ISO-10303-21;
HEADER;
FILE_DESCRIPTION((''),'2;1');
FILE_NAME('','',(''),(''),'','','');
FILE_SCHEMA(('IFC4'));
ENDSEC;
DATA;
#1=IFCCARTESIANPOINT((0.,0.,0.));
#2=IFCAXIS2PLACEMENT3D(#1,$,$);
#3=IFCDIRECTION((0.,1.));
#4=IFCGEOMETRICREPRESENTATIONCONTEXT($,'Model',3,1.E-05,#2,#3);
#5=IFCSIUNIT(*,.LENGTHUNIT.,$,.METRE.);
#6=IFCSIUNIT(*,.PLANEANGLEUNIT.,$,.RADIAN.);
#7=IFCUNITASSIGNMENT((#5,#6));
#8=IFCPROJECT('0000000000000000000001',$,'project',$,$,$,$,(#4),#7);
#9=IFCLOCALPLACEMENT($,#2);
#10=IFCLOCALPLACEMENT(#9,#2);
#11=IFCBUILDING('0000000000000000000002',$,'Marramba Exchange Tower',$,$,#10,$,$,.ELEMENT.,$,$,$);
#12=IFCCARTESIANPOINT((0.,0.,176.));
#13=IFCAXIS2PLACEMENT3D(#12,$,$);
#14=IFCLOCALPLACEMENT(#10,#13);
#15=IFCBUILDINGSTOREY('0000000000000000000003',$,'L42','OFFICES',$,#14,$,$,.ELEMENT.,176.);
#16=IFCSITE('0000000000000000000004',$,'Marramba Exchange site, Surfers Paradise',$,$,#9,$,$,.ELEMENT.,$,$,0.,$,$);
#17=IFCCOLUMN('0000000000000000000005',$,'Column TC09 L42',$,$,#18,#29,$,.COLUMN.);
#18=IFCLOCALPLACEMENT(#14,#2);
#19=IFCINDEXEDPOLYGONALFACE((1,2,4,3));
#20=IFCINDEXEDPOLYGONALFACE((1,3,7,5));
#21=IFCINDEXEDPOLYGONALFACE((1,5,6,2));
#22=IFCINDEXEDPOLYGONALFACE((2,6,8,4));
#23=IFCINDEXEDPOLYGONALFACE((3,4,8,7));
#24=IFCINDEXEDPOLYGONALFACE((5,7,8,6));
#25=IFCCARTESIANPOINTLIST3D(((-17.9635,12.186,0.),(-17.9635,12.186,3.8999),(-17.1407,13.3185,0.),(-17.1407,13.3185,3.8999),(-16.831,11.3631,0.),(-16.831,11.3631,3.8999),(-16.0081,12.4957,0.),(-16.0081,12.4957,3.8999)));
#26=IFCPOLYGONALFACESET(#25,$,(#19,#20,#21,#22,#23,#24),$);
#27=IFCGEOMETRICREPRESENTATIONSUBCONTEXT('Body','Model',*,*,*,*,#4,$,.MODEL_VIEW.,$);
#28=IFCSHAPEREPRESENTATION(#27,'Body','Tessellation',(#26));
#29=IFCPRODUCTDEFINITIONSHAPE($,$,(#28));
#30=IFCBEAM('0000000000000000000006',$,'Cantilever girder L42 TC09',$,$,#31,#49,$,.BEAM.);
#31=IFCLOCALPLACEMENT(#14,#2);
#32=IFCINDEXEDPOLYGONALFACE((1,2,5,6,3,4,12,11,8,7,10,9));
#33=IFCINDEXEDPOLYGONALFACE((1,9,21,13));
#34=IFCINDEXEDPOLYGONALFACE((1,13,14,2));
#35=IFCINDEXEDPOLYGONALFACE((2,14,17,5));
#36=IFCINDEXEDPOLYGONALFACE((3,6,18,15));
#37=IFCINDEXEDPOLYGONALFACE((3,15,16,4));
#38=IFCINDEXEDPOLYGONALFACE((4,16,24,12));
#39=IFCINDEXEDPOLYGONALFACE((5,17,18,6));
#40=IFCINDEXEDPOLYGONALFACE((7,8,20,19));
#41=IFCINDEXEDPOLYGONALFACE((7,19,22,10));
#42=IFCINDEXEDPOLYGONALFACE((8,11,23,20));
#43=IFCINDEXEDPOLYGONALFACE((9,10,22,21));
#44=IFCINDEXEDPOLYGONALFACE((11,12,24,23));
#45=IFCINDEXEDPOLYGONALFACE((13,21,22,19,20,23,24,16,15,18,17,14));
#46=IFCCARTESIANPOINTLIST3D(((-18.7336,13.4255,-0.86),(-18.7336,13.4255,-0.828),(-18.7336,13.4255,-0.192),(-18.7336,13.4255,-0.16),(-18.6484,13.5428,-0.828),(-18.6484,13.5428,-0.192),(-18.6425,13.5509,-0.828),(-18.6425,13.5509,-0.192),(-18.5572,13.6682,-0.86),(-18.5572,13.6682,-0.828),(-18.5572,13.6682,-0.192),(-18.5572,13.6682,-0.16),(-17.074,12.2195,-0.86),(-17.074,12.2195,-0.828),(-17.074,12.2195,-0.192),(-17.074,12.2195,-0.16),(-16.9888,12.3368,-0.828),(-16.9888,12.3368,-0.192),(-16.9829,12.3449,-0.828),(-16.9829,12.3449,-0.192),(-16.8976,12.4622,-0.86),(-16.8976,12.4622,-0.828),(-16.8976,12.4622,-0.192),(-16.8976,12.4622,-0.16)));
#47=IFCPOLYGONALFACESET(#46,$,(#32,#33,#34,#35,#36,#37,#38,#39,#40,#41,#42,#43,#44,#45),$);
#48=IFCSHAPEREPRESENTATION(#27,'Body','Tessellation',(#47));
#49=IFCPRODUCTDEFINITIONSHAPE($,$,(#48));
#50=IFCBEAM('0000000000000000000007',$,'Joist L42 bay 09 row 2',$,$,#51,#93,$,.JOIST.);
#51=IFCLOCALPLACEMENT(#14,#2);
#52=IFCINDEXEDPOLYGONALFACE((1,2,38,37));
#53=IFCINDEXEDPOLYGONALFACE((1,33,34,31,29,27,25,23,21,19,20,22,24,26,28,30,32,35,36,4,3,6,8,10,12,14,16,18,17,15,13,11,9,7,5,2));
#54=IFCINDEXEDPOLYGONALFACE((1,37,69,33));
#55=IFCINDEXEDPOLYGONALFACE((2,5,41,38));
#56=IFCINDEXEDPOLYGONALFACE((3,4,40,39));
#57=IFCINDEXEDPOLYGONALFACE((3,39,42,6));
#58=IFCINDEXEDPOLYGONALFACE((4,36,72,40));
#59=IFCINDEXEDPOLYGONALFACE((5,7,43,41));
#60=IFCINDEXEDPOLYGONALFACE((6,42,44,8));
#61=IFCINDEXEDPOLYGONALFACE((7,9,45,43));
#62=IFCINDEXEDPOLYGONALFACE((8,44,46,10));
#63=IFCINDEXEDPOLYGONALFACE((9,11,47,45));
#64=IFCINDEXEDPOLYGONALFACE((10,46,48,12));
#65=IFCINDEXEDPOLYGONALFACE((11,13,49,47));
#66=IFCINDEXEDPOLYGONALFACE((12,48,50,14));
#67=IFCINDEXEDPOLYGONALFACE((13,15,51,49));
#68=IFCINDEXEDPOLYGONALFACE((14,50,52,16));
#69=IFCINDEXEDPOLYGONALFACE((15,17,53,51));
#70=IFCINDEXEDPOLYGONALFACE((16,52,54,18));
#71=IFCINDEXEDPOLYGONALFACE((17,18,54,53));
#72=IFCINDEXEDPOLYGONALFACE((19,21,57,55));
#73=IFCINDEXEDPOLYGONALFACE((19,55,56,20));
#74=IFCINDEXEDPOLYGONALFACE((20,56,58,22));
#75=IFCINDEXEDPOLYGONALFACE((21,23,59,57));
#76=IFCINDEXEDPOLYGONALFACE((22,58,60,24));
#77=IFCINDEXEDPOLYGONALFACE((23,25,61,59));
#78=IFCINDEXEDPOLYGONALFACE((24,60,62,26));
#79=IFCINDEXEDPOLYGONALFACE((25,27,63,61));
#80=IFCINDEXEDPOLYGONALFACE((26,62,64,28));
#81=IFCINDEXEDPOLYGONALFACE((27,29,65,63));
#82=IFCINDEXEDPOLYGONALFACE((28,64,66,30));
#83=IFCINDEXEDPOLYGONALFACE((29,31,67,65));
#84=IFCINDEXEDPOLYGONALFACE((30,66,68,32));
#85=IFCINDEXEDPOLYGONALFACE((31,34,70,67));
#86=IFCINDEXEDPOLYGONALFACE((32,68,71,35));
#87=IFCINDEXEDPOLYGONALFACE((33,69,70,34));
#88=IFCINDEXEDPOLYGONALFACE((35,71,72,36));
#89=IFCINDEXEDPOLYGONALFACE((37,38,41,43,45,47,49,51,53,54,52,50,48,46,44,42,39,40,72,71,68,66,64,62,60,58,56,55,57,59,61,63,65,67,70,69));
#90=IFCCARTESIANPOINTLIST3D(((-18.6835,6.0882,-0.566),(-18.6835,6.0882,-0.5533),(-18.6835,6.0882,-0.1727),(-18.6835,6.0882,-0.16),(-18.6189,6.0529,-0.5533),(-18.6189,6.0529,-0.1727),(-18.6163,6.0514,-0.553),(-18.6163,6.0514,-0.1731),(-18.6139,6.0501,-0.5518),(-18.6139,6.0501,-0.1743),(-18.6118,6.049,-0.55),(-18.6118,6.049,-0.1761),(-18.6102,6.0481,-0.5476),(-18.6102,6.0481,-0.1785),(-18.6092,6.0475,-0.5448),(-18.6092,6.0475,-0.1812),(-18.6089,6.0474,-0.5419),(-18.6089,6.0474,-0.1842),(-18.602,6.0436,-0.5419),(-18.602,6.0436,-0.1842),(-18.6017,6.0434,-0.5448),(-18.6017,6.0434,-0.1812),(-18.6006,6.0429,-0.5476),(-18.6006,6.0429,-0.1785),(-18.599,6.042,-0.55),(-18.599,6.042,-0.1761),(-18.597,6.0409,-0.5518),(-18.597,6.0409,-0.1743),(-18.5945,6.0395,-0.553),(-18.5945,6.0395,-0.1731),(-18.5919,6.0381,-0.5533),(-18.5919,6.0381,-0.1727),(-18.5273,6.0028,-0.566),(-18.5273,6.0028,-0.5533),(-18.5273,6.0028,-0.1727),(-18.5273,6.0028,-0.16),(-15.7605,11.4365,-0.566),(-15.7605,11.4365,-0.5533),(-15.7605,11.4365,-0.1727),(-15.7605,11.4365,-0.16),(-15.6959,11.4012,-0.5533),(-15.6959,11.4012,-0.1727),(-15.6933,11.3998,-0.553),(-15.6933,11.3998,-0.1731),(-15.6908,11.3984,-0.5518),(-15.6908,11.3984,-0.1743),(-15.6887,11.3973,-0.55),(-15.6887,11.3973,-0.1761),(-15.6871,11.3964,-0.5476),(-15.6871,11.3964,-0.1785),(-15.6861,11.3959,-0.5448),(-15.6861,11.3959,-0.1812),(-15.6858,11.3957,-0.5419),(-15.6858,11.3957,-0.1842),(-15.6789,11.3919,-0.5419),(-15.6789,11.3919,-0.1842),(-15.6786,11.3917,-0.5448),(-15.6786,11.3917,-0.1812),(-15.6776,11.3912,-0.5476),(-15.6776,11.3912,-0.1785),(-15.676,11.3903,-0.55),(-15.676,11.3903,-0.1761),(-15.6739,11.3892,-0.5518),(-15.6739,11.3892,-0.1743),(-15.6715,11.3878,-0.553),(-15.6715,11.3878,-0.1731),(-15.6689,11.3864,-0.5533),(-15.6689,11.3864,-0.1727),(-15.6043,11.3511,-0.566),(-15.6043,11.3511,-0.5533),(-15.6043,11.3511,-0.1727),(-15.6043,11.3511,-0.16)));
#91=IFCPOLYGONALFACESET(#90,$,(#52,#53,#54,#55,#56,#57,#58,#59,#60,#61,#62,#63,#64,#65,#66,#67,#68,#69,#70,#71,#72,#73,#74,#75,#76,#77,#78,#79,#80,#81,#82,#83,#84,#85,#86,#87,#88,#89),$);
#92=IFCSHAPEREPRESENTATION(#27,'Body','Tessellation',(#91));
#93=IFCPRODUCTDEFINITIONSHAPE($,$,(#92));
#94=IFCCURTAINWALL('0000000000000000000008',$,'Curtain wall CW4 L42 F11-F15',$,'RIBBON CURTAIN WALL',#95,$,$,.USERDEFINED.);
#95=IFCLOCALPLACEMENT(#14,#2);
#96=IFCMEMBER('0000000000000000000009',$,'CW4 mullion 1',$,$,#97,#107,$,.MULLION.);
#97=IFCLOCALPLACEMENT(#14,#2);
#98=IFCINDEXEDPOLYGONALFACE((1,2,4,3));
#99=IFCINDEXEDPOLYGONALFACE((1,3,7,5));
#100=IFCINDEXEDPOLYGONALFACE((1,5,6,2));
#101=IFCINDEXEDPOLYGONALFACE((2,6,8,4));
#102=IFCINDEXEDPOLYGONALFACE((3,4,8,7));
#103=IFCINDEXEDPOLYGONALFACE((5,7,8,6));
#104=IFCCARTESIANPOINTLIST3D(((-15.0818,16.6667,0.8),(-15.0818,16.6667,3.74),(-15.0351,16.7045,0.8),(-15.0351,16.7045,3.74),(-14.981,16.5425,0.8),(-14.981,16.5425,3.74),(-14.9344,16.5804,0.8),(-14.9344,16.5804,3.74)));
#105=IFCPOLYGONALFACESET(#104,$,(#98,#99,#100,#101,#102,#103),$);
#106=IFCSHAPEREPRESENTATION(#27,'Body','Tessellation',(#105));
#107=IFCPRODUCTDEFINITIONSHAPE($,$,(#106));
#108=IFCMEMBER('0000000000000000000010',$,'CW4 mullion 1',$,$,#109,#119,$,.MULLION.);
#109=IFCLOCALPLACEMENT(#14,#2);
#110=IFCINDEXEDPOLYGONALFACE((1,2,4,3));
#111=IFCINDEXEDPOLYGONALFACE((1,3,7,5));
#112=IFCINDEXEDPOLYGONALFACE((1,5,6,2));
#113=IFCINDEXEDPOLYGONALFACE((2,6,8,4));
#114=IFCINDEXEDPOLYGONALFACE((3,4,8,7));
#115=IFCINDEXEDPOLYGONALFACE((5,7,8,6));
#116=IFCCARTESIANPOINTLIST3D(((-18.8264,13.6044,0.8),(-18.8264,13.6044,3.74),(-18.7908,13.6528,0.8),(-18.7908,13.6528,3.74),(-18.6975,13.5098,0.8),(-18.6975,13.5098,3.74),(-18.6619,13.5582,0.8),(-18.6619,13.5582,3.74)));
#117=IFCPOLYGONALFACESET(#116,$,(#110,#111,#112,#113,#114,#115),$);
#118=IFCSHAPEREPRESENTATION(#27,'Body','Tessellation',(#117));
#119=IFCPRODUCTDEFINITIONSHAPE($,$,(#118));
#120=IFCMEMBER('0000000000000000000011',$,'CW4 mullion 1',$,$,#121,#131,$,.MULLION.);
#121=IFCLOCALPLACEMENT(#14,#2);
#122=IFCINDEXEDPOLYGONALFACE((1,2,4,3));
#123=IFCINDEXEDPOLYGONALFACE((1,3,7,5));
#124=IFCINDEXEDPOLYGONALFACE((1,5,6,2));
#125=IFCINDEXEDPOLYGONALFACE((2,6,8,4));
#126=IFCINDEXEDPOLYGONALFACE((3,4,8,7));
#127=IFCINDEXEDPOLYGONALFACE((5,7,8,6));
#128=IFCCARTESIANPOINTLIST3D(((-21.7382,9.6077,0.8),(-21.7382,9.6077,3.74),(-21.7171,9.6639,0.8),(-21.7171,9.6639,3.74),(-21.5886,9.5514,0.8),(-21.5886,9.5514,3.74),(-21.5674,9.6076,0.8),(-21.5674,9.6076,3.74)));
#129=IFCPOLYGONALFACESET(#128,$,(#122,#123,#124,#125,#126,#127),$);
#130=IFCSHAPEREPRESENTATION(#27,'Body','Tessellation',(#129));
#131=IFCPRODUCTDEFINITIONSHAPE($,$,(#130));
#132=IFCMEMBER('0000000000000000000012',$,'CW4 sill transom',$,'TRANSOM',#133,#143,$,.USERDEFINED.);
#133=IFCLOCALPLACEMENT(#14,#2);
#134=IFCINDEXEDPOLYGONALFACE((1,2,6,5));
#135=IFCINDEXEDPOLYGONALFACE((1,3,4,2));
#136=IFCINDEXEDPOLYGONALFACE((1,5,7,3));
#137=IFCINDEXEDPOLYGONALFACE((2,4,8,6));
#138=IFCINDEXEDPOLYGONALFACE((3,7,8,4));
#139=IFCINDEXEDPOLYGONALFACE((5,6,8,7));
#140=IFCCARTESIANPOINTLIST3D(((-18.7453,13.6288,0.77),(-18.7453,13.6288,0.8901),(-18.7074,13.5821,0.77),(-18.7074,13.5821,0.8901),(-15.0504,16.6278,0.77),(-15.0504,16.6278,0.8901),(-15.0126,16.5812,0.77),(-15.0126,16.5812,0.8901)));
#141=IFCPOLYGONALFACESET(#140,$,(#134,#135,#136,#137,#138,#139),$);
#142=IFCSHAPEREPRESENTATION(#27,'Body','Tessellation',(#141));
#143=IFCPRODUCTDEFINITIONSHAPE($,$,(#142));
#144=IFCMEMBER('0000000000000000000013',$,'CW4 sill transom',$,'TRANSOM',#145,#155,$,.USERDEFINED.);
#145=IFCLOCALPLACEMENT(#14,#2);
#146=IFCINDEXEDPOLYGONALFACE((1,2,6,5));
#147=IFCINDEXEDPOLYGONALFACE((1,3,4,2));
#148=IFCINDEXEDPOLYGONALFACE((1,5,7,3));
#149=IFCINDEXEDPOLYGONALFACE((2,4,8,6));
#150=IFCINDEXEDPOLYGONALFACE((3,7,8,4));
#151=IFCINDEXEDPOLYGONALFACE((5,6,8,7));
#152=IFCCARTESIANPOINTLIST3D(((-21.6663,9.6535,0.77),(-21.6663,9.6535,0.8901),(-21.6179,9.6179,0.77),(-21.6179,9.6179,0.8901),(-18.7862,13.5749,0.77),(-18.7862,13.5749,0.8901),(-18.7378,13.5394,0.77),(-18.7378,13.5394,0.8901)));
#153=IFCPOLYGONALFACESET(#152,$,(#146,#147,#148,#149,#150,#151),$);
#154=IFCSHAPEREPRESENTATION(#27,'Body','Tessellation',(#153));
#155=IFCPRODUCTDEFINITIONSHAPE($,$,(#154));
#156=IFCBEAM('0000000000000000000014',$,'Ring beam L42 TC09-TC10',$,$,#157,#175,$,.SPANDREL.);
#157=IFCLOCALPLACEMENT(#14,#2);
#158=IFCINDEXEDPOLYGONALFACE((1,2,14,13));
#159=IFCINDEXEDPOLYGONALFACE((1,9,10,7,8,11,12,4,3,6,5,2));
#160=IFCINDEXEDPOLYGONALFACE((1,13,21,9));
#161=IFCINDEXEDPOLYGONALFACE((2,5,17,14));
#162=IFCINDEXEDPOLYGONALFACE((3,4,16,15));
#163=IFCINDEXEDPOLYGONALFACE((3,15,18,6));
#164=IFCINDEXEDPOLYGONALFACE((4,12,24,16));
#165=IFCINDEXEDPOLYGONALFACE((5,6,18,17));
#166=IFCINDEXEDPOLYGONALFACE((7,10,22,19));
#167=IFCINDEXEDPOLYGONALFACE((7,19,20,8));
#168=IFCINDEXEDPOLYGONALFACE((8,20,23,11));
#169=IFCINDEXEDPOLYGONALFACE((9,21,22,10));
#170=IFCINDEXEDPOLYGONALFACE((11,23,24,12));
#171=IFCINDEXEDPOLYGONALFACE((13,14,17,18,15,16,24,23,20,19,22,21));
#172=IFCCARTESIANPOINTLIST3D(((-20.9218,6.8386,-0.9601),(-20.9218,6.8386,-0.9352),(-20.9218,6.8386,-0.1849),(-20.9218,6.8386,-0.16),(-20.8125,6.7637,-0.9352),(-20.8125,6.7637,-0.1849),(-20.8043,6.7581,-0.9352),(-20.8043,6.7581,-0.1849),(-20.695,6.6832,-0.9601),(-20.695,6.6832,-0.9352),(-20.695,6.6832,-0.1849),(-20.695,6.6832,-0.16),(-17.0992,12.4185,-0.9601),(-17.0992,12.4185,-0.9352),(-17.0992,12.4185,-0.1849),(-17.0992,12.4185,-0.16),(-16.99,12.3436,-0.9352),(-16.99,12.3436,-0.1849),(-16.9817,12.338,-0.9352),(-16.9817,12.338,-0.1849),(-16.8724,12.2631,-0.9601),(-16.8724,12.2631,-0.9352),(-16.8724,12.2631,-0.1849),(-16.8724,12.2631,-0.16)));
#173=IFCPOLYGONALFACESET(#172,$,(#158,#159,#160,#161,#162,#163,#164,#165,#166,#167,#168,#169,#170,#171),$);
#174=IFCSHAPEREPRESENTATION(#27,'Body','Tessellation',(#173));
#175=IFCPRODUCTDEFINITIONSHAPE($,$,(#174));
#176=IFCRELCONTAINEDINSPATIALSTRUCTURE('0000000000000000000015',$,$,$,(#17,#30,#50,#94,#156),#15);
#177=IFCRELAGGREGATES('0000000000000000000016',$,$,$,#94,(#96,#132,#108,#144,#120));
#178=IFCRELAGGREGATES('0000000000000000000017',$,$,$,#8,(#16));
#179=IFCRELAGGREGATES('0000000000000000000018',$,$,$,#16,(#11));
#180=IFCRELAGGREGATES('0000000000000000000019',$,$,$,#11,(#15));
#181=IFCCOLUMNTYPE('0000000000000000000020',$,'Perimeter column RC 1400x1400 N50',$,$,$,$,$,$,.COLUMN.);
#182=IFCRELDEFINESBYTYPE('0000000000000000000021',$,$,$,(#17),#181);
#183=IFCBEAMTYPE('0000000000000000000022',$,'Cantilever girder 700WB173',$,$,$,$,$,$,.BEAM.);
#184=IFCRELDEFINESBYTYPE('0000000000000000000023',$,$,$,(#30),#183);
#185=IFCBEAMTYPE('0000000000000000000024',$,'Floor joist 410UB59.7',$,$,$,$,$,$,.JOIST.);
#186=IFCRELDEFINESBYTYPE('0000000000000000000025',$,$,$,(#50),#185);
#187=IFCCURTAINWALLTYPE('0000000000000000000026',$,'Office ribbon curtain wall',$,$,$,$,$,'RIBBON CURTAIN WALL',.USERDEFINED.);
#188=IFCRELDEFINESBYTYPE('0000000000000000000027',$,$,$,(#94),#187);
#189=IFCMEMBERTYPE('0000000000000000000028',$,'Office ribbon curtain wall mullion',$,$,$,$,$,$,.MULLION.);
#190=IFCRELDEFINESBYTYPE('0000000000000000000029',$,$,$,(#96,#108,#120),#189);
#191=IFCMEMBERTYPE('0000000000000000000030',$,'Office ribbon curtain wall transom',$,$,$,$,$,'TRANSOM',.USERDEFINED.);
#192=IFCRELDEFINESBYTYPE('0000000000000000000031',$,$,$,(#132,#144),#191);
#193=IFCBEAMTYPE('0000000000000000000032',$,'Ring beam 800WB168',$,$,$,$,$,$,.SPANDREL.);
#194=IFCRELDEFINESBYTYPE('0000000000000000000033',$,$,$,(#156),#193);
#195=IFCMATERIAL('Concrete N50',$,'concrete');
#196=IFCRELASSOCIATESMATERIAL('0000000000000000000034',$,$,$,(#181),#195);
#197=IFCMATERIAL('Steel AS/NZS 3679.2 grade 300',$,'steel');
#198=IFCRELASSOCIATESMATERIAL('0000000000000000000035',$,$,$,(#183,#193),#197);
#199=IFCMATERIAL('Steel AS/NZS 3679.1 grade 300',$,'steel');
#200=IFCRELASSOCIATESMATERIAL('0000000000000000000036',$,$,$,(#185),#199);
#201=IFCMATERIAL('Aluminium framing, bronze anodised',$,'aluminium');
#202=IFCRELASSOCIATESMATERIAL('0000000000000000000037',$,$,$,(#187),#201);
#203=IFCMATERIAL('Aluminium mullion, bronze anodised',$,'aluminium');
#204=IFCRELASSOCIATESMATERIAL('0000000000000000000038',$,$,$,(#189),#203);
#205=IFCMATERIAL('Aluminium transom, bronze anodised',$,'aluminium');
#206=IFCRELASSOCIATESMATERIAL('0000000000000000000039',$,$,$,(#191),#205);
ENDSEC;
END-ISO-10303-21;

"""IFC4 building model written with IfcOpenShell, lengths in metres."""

from ifc_helpers import new_model, si_unit, direction, frame, origin, origin_2d, place, context, subcontext, project, spatial, rectangle, i_section, extrude, material, material_profile, profile_set, type_object, element, aggregate, save


model = new_model("IFC4")

# Units and contexts
model_context = context("Model", 3, precision=1e-05, world=origin(), true_north=direction((0.0, 1.0)))
body_context = subcontext(model_context, "Body", "Model", "MODEL_VIEW")
ifc_project = project(units=[si_unit("LENGTHUNIT", "METRE"), si_unit("PLANEANGLEUNIT", "RADIAN")], contexts=[model_context])

# Site, building, storey
site_placement = place(None, origin())
site = spatial("IfcSite", under=ifc_project, at=site_placement, Name="Marramba Exchange site, Surfers Paradise", CompositionType="ELEMENT", RefElevation=0.0)
building_placement = place(site_placement, origin())
building = spatial("IfcBuilding", under=site, at=building_placement, Name="Marramba Exchange Tower", CompositionType="ELEMENT")
storey_placement = place(building_placement, frame((0.0, 0.0, 176.0)))
storey = spatial("IfcBuildingStorey", under=building, at=storey_placement, Name="L42", Description="OFFICES", CompositionType="ELEMENT", Elevation=176.0)

# Column
ifc_material_1 = material(Name="Concrete N50", Category="concrete")
ifc_material_profile_1 = material_profile(ifc_material_1, rectangle(XDim=1.3999, YDim=1.3999, at=origin_2d()), Name="RC 1400x1400")
ifc_profile_set_1 = profile_set([ifc_material_profile_1], Name="Concrete N50")
column_type = type_object("IfcColumnType", Name="Perimeter column RC 1400x1400 N50", PredefinedType="COLUMN", material=ifc_profile_set_1)
column_placement = place(storey_placement, frame((-16.9858, 12.3408, 0.0), z_axis=(0.0, 0.0, 1.0), x_axis=(-0.809017, 0.587785, 0.0)))
element("IfcColumn", 1, at=column_placement, inside=storey, type_object=column_type, Name="Column TC09 L42", PredefinedType="COLUMN", context=body_context, shape_type="SweptSolid", body=[
    extrude(rectangle(XDim=1.3999, YDim=1.3999, at=origin_2d()), origin(), (0.0, 0.0, 1.0), 3.8999),
])

# Beams
ifc_material_2 = material(Name="Steel AS/NZS 3679.2 grade 300", Category="steel")
ifc_material_profile_2 = material_profile(ifc_material_2, i_section(OverallWidth=0.3, OverallDepth=0.7, WebThickness=0.01, FlangeThickness=0.032, at=origin_2d()), Name="700WB173")
ifc_profile_set_2 = profile_set([ifc_material_profile_2], Name="Steel AS/NZS 3679.2 grade 300")
beam_type_1 = type_object("IfcBeamType", Name="Cantilever girder 700WB173", PredefinedType="BEAM", material=ifc_profile_set_2)
beam_1_placement = place(storey_placement, frame((-16.9858, 12.3408, -0.51), z_axis=(-0.808962, 0.58786, 0.0), x_axis=(-0.58786, -0.808962, 0.0)))
element("IfcBeam", 2, at=beam_1_placement, inside=storey, type_object=beam_type_1, Name="Cantilever girder L42 TC09", PredefinedType="BEAM", context=body_context, shape_type="SweptSolid", body=[
    extrude(i_section(OverallWidth=0.3, OverallDepth=0.7, WebThickness=0.01, FlangeThickness=0.032, at=origin_2d()), origin(), (0.0, 0.0, 1.0), 2.0515),
])
ifc_material_3 = material(Name="Steel AS/NZS 3679.1 grade 300", Category="steel")
ifc_material_profile_3 = material_profile(ifc_material_3, i_section(OverallWidth=0.178, OverallDepth=0.406, WebThickness=0.0078, FlangeThickness=0.0127, FilletRadius=0.0115, at=origin_2d()), Name="410UB59.7")
ifc_profile_set_3 = profile_set([ifc_material_profile_3], Name="Steel AS/NZS 3679.1 grade 300")
beam_type_2 = type_object("IfcBeamType", Name="Floor joist 410UB59.7", PredefinedType="JOIST", material=ifc_profile_set_3)
beam_2_placement = place(storey_placement, frame((-15.6824, 11.3938, -0.363), z_axis=(-0.479584, -0.877496, 0.0), x_axis=(0.877496, -0.479584, 0.0)))
element("IfcBeam", 3, at=beam_2_placement, inside=storey, type_object=beam_type_2, Name="Joist L42 bay 09 row 2", PredefinedType="JOIST", context=body_context, shape_type="SweptSolid", body=[
    extrude(i_section(OverallWidth=0.178, OverallDepth=0.406, WebThickness=0.0078, FlangeThickness=0.0127, FilletRadius=0.0115, at=origin_2d()), origin(), (0.0, 0.0, 1.0), 6.095),
])

# Curtain wall, members
ifc_material_4 = material(Name="Aluminium framing, bronze anodised", Category="aluminium")
curtain_wall_type = type_object("IfcCurtainWallType", Name="Office ribbon curtain wall", ElementType="RIBBON CURTAIN WALL", PredefinedType="USERDEFINED", material=ifc_material_4)
curtain_wall_placement = place(storey_placement, origin())
curtain_wall = element("IfcCurtainWall", 4, at=curtain_wall_placement, inside=storey, type_object=curtain_wall_type, Name="Curtain wall CW4 L42 F11-F15", ObjectType="RIBBON CURTAIN WALL", PredefinedType="USERDEFINED")
ifc_material_5 = material(Name="Aluminium mullion, bronze anodised", Category="aluminium")
ifc_material_profile_4 = material_profile(ifc_material_5, rectangle(XDim=0.1599, YDim=0.0601, at=origin_2d()), Name="CW4 mullion 60x160")
ifc_profile_set_4 = profile_set([ifc_material_profile_4], Name="Aluminium mullion, bronze anodised")
member_type_1 = type_object("IfcMemberType", Name="Office ribbon curtain wall mullion", PredefinedType="MULLION", material=ifc_profile_set_4)
member_1_placement = place(storey_placement, frame((-15.0081, 16.6235, 0.8), z_axis=(0.0, 0.0, 1.0), x_axis=(0.630201, -0.776432, 0.0)))
member_1 = element("IfcMember", 5, at=member_1_placement, type_object=member_type_1, Name="CW4 mullion 1", PredefinedType="MULLION", context=body_context, shape_type="SweptSolid", body=[
    extrude(rectangle(XDim=0.1599, YDim=0.0601, at=origin_2d()), origin(), (0.0, 0.0, 1.0), 2.9399),
])
member_2_placement = place(storey_placement, frame((-18.7441, 13.5813, 0.8), z_axis=(0.0, 0.0, 1.0), x_axis=(0.805965, -0.591963, 0.0)))
member_2 = element("IfcMember", 6, at=member_2_placement, type_object=member_type_1, Name="CW4 mullion 1", PredefinedType="MULLION", context=body_context, shape_type="SweptSolid", body=[
    extrude(rectangle(XDim=0.1599, YDim=0.0601, at=origin_2d()), origin(), (0.0, 0.0, 1.0), 2.9399),
])
member_3_placement = place(storey_placement, frame((-21.6528, 9.6077, 0.8), z_axis=(0.0, 0.0, 1.0), x_axis=(0.936018, -0.351952, 0.0)))
member_3 = element("IfcMember", 7, at=member_3_placement, type_object=member_type_1, Name="CW4 mullion 1", PredefinedType="MULLION", context=body_context, shape_type="SweptSolid", body=[
    extrude(rectangle(XDim=0.1599, YDim=0.0601, at=origin_2d()), origin(), (0.0, 0.0, 1.0), 2.9399),
])
ifc_material_6 = material(Name="Aluminium transom, bronze anodised", Category="aluminium")
ifc_material_profile_5 = material_profile(ifc_material_6, rectangle(XDim=0.0601, YDim=0.1201, at=origin_2d()), Name="CW4 transom 60x120")
ifc_profile_set_5 = profile_set([ifc_material_profile_5], Name="Aluminium transom, bronze anodised")
member_type_2 = type_object("IfcMemberType", Name="Office ribbon curtain wall transom", ElementType="TRANSOM", PredefinedType="USERDEFINED", material=ifc_profile_set_5)
member_4_placement = place(storey_placement, frame((-15.0315, 16.6045, 0.8301), z_axis=(-0.776425, -0.63021, 0.0), x_axis=(0.63021, -0.776425, 0.0)))
member_4 = element("IfcMember", 8, at=member_4_placement, type_object=member_type_2, Name="CW4 sill transom", ObjectType="TRANSOM", PredefinedType="USERDEFINED", context=body_context, shape_type="SweptSolid", body=[
    extrude(rectangle(XDim=0.0601, YDim=0.1201, at=origin_2d()), origin(), (0.0, 0.0, 1.0), 4.7588),
])
member_5_placement = place(storey_placement, frame((-18.762, 13.5571, 0.8301), z_axis=(-0.591957, -0.805969, 0.0), x_axis=(0.805969, -0.591957, 0.0)))
member_5 = element("IfcMember", 9, at=member_5_placement, type_object=member_type_2, Name="CW4 sill transom", ObjectType="TRANSOM", PredefinedType="USERDEFINED", context=body_context, shape_type="SweptSolid", body=[
    extrude(rectangle(XDim=0.0601, YDim=0.1201, at=origin_2d()), origin(), (0.0, 0.0, 1.0), 4.8655),
])

# Beam
ifc_material_profile_6 = material_profile(ifc_material_2, i_section(OverallWidth=0.2749, OverallDepth=0.8, WebThickness=0.01, FlangeThickness=0.0249, at=origin_2d()), Name="800WB168")
ifc_profile_set_6 = profile_set([ifc_material_profile_6], Name="Steel AS/NZS 3679.2 grade 300")
beam_type_3 = type_object("IfcBeamType", Name="Ring beam 800WB168", PredefinedType="SPANDREL", material=ifc_profile_set_6)
beam_3_placement = place(storey_placement, frame((-16.9858, 12.3408, -0.5601), z_axis=(-0.56516, -0.824981, 0.0), x_axis=(0.824981, -0.56516, 0.0)))
element("IfcBeam", 10, at=beam_3_placement, inside=storey, type_object=beam_type_3, Name="Ring beam L42 TC09-TC10", PredefinedType="SPANDREL", context=body_context, shape_type="SweptSolid", body=[
    extrude(i_section(OverallWidth=0.2749, OverallDepth=0.8, WebThickness=0.01, FlangeThickness=0.0249, at=origin_2d()), origin(), (0.0, 0.0, 1.0), 6.7637),
])

aggregate(curtain_wall, [member_1, member_4, member_2, member_5, member_3])

save(model, "model.ifc")
